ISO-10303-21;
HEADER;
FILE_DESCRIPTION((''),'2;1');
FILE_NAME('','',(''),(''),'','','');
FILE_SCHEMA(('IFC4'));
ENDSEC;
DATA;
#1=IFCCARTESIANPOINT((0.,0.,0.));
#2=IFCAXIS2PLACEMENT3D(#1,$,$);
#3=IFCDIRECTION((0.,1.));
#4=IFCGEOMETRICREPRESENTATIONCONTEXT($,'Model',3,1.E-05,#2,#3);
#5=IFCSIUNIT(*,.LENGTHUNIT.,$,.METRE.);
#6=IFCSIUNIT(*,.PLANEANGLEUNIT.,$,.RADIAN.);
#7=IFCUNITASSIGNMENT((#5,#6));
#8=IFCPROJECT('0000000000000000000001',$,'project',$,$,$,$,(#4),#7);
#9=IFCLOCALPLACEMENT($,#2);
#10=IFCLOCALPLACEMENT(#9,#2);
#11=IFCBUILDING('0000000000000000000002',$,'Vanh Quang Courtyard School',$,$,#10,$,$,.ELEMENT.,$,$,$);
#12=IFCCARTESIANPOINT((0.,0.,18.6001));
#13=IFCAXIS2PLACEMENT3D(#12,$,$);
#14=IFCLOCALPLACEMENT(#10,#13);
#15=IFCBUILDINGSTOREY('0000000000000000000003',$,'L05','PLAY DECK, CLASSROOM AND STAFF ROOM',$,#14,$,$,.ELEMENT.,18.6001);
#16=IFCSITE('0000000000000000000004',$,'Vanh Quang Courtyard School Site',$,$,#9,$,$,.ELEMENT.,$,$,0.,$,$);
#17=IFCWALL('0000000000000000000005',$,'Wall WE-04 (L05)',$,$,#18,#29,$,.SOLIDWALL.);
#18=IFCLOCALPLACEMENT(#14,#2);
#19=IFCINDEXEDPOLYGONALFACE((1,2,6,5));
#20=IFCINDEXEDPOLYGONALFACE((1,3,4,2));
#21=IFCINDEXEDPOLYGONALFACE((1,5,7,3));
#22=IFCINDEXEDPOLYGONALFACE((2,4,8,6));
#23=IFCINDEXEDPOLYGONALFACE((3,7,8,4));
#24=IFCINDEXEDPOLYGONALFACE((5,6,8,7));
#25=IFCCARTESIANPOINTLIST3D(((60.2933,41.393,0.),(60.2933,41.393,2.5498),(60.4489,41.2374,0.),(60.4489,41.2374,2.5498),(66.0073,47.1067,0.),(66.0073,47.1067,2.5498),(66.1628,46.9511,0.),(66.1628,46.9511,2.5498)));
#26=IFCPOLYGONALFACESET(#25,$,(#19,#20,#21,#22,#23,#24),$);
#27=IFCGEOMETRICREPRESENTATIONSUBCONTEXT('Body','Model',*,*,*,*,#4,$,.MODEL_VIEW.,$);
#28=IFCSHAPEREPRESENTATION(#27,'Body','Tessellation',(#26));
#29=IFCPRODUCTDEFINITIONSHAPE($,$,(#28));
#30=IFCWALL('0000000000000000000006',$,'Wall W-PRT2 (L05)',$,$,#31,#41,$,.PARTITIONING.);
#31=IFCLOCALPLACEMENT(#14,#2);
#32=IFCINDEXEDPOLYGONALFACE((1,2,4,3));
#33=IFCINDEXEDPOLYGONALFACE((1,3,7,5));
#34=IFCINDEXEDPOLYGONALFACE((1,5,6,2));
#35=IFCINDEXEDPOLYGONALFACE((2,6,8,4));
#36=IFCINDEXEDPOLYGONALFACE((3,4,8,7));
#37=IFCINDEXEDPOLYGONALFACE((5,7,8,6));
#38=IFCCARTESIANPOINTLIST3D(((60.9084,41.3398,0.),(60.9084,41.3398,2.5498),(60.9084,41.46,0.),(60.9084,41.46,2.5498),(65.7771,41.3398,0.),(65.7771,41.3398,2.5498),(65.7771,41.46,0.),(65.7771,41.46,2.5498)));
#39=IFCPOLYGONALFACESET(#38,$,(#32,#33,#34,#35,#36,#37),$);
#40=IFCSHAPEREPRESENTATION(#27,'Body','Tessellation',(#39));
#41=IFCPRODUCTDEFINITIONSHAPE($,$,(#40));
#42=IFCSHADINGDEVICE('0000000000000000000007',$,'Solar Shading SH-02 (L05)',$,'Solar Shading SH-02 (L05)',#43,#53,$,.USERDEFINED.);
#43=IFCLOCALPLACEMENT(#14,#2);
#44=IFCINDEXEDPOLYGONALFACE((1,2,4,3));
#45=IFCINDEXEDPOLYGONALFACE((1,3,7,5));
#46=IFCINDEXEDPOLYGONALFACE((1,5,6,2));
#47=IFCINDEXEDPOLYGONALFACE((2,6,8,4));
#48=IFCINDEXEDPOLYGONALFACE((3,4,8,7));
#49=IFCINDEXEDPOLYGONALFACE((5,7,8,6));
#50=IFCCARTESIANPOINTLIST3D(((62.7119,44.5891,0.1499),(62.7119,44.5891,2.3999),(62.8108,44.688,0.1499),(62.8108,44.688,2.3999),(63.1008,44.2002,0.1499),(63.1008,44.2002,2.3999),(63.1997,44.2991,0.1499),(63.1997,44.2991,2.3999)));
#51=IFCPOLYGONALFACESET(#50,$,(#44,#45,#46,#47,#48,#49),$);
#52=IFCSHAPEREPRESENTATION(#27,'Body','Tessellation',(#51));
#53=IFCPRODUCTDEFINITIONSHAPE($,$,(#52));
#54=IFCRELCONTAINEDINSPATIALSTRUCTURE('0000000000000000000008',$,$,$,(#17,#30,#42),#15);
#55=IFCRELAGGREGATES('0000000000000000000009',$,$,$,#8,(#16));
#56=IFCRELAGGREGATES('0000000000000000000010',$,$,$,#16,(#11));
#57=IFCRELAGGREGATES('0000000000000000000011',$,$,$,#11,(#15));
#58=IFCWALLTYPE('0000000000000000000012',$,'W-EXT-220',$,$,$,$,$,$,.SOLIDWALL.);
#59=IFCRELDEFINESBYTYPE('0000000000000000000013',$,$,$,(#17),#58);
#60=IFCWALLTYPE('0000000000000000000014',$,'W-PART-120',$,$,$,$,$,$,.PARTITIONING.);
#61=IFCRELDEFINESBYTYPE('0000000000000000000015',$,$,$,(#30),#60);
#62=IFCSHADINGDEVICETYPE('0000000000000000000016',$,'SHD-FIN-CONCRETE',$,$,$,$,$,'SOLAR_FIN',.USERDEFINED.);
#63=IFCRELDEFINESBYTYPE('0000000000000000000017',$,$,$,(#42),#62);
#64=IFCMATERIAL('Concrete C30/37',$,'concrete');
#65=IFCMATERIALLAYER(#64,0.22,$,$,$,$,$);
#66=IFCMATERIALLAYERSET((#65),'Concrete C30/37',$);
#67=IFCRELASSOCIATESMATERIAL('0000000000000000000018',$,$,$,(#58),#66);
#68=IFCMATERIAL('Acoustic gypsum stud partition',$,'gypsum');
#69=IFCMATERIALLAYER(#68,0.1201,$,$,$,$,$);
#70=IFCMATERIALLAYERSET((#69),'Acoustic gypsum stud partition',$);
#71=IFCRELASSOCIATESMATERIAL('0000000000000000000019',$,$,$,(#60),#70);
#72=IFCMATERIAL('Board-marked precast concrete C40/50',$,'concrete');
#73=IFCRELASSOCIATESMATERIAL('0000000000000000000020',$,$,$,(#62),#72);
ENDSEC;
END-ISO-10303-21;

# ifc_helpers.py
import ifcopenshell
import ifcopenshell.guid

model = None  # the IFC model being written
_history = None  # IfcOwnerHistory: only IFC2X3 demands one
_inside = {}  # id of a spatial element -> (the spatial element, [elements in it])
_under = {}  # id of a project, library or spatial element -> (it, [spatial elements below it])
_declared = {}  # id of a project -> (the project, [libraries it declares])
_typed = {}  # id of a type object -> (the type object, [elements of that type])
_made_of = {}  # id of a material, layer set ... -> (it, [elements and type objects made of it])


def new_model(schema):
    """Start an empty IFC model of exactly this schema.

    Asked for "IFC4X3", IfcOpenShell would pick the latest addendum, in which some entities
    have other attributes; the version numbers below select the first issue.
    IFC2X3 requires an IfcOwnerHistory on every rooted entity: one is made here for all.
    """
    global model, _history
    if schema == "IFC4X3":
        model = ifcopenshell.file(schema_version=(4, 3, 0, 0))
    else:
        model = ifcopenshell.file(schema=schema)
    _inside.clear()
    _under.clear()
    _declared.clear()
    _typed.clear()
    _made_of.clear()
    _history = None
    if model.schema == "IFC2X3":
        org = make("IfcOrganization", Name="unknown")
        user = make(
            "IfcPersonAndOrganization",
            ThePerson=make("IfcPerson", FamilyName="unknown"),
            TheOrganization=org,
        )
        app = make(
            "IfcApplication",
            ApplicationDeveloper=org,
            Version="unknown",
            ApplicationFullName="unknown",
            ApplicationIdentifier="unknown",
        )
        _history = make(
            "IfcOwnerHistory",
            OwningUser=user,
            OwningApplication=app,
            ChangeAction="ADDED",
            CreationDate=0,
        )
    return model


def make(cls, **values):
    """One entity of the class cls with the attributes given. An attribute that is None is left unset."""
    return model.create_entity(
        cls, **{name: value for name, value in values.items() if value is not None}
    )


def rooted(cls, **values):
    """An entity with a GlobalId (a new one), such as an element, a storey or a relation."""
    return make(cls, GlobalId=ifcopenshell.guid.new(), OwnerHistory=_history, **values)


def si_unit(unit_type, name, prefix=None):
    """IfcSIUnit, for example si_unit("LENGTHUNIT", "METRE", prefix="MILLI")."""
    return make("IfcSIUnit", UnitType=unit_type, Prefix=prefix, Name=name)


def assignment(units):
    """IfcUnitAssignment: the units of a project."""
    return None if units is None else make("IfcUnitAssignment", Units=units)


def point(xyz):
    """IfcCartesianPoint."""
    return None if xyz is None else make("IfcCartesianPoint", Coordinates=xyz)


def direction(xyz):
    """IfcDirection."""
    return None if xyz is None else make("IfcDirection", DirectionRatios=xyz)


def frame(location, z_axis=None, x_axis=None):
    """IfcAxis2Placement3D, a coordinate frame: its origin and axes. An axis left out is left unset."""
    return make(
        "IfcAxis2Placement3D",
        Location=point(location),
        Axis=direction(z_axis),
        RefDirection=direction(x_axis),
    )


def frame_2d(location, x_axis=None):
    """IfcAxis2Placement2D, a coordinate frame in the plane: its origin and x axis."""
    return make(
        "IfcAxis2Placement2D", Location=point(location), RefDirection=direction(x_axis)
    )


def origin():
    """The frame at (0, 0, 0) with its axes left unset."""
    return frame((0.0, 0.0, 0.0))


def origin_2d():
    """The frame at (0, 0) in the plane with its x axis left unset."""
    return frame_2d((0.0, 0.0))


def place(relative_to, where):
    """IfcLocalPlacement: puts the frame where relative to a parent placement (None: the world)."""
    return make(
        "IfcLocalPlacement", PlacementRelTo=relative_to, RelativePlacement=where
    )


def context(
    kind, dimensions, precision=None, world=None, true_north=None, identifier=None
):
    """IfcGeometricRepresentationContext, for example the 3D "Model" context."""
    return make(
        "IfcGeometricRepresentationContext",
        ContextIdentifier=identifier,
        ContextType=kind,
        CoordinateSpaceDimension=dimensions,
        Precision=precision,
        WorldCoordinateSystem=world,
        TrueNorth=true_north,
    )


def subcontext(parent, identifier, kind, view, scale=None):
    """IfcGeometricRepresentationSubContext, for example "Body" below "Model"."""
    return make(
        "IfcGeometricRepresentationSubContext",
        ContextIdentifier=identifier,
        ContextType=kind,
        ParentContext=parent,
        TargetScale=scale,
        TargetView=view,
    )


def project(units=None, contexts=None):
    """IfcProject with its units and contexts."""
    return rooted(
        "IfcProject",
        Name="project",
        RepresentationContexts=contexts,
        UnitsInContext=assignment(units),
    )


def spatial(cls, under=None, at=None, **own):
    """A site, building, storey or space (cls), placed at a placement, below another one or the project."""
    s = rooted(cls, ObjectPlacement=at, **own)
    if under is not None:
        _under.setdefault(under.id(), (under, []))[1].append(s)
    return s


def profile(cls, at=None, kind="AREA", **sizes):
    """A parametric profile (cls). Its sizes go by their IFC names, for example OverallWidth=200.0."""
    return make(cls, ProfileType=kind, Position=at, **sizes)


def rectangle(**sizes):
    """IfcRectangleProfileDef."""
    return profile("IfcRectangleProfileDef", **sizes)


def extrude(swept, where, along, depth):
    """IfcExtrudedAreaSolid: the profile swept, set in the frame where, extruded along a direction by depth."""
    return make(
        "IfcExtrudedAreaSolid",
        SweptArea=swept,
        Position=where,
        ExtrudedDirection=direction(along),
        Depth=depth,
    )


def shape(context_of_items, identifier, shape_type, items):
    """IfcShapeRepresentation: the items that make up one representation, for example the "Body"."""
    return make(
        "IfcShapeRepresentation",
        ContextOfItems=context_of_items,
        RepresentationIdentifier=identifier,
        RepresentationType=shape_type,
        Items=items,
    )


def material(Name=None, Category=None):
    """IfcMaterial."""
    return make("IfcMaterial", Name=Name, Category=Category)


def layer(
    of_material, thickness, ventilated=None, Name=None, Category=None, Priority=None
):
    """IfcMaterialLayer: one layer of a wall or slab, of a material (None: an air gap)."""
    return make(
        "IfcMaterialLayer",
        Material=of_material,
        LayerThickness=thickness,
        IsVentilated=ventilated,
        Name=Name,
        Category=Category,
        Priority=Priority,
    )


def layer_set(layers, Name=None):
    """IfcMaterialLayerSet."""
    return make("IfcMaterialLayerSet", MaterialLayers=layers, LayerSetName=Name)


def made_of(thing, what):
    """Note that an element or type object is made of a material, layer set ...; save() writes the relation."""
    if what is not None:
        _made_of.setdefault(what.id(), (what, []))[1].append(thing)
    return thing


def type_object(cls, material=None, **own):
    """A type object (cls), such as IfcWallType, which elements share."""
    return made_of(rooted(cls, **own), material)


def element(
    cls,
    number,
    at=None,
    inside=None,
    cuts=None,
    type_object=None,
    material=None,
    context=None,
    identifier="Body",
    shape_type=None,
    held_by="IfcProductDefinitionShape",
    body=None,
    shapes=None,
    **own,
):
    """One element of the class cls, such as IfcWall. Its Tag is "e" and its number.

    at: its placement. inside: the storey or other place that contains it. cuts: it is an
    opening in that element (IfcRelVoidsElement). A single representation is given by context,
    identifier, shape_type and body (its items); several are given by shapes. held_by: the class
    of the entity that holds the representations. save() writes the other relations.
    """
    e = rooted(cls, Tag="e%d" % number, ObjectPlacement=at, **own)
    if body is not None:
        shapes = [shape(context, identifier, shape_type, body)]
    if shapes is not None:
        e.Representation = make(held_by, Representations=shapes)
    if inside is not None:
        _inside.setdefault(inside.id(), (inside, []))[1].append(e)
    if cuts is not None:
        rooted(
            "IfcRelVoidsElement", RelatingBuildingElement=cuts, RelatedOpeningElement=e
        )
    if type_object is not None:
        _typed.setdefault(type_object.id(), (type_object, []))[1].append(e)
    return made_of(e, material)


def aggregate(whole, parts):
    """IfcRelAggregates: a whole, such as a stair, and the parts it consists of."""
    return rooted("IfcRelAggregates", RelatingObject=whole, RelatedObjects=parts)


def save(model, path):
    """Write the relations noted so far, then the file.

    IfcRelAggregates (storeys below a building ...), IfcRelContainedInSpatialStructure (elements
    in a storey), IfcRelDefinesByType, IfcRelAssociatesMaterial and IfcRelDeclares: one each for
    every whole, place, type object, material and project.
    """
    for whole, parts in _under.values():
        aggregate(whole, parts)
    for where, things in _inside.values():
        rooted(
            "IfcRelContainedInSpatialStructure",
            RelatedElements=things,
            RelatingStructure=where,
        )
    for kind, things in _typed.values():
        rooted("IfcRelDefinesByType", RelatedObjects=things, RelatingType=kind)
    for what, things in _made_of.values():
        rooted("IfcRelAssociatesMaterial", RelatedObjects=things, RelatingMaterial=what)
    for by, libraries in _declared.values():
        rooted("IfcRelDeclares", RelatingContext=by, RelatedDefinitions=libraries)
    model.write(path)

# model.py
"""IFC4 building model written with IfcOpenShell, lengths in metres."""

from ifc_helpers import new_model, si_unit, direction, frame, frame_2d, origin, origin_2d, place, context, subcontext, project, spatial, rectangle, extrude, material, layer, layer_set, type_object, element, save


model = new_model("IFC4")

# Units and contexts
model_context = context("Model", 3, precision=1e-05, world=origin(), true_north=direction((0.0, 1.0)))
body_context = subcontext(model_context, "Body", "Model", "MODEL_VIEW")
ifc_project = project(units=[si_unit("LENGTHUNIT", "METRE"), si_unit("PLANEANGLEUNIT", "RADIAN")], contexts=[model_context])

# Site, building, storey
site_placement = place(None, origin())
site = spatial("IfcSite", under=ifc_project, at=site_placement, Name="Vanh Quang Courtyard School Site", CompositionType="ELEMENT", RefElevation=0.0)
building_placement = place(site_placement, origin())
building = spatial("IfcBuilding", under=site, at=building_placement, Name="Vanh Quang Courtyard School", CompositionType="ELEMENT")
storey_placement = place(building_placement, frame((0.0, 0.0, 18.6001)))
storey = spatial("IfcBuildingStorey", under=building, at=storey_placement, Name="L05", Description="PLAY DECK, CLASSROOM AND STAFF ROOM", CompositionType="ELEMENT", Elevation=18.6001)

# Shared definitions
ifc_material_1 = material(Name="Concrete C30/37", Category="concrete")

# Walls
ifc_layer_1 = layer(ifc_material_1, 0.22)
ifc_layer_set_1 = layer_set([ifc_layer_1], Name="Concrete C30/37")
wall_type_1 = type_object("IfcWallType", Name="W-EXT-220", PredefinedType="SOLIDWALL", material=ifc_layer_set_1)
wall_1_placement = place(storey_placement, frame((60.3711, 41.3152, 0.0), z_axis=(0.0, 0.0, 1.0), x_axis=(0.707122, 0.707092, 0.0)))
element("IfcWall", 1, at=wall_1_placement, inside=storey, type_object=wall_type_1, Name="Wall WE-04 (L05)", PredefinedType="SOLIDWALL", context=body_context, shape_type="SweptSolid", body=[
    extrude(rectangle(XDim=8.0806, YDim=0.22, at=frame_2d((4.0403, 0.0))), origin(), (0.0, 0.0, 1.0), 2.5498),
])
ifc_material_2 = material(Name="Acoustic gypsum stud partition", Category="gypsum")
ifc_layer_2 = layer(ifc_material_2, 0.1201)
ifc_layer_set_2 = layer_set([ifc_layer_2], Name="Acoustic gypsum stud partition")
wall_type_2 = type_object("IfcWallType", Name="W-PART-120", PredefinedType="PARTITIONING", material=ifc_layer_set_2)
wall_2_placement = place(storey_placement, frame((60.9084, 41.3999, 0.0), z_axis=(0.0, 0.0, 1.0), x_axis=(1.0, 0.0, 0.0)))
element("IfcWall", 2, at=wall_2_placement, inside=storey, type_object=wall_type_2, Name="Wall W-PRT2 (L05)", PredefinedType="PARTITIONING", context=body_context, shape_type="SweptSolid", body=[
    extrude(rectangle(XDim=4.8687, YDim=0.1201, at=frame_2d((2.4343, 0.0))), origin(), (0.0, 0.0, 1.0), 2.5498),
])

# Shading device
ifc_material_3 = material(Name="Board-marked precast concrete C40/50", Category="concrete")
shading_device_type = type_object("IfcShadingDeviceType", Name="SHD-FIN-CONCRETE", ElementType="SOLAR_FIN", PredefinedType="USERDEFINED", material=ifc_material_3)
shading_device_placement = place(storey_placement, frame((62.9558, 44.4441, 0.1499), z_axis=(0.0, 0.0, 1.0), x_axis=(0.707107, 0.707107, 0.0)))
element("IfcShadingDevice", 3, at=shading_device_placement, inside=storey, type_object=shading_device_type, Name="Solar Shading SH-02 (L05)", ObjectType="Solar Shading SH-02 (L05)", PredefinedType="USERDEFINED", context=body_context, shape_type="SweptSolid", body=[
    extrude(rectangle(XDim=0.1399, YDim=0.55, at=origin_2d()), origin(), (0.0, 0.0, 1.0), 2.25),
])

save(model, "model.ifc")
